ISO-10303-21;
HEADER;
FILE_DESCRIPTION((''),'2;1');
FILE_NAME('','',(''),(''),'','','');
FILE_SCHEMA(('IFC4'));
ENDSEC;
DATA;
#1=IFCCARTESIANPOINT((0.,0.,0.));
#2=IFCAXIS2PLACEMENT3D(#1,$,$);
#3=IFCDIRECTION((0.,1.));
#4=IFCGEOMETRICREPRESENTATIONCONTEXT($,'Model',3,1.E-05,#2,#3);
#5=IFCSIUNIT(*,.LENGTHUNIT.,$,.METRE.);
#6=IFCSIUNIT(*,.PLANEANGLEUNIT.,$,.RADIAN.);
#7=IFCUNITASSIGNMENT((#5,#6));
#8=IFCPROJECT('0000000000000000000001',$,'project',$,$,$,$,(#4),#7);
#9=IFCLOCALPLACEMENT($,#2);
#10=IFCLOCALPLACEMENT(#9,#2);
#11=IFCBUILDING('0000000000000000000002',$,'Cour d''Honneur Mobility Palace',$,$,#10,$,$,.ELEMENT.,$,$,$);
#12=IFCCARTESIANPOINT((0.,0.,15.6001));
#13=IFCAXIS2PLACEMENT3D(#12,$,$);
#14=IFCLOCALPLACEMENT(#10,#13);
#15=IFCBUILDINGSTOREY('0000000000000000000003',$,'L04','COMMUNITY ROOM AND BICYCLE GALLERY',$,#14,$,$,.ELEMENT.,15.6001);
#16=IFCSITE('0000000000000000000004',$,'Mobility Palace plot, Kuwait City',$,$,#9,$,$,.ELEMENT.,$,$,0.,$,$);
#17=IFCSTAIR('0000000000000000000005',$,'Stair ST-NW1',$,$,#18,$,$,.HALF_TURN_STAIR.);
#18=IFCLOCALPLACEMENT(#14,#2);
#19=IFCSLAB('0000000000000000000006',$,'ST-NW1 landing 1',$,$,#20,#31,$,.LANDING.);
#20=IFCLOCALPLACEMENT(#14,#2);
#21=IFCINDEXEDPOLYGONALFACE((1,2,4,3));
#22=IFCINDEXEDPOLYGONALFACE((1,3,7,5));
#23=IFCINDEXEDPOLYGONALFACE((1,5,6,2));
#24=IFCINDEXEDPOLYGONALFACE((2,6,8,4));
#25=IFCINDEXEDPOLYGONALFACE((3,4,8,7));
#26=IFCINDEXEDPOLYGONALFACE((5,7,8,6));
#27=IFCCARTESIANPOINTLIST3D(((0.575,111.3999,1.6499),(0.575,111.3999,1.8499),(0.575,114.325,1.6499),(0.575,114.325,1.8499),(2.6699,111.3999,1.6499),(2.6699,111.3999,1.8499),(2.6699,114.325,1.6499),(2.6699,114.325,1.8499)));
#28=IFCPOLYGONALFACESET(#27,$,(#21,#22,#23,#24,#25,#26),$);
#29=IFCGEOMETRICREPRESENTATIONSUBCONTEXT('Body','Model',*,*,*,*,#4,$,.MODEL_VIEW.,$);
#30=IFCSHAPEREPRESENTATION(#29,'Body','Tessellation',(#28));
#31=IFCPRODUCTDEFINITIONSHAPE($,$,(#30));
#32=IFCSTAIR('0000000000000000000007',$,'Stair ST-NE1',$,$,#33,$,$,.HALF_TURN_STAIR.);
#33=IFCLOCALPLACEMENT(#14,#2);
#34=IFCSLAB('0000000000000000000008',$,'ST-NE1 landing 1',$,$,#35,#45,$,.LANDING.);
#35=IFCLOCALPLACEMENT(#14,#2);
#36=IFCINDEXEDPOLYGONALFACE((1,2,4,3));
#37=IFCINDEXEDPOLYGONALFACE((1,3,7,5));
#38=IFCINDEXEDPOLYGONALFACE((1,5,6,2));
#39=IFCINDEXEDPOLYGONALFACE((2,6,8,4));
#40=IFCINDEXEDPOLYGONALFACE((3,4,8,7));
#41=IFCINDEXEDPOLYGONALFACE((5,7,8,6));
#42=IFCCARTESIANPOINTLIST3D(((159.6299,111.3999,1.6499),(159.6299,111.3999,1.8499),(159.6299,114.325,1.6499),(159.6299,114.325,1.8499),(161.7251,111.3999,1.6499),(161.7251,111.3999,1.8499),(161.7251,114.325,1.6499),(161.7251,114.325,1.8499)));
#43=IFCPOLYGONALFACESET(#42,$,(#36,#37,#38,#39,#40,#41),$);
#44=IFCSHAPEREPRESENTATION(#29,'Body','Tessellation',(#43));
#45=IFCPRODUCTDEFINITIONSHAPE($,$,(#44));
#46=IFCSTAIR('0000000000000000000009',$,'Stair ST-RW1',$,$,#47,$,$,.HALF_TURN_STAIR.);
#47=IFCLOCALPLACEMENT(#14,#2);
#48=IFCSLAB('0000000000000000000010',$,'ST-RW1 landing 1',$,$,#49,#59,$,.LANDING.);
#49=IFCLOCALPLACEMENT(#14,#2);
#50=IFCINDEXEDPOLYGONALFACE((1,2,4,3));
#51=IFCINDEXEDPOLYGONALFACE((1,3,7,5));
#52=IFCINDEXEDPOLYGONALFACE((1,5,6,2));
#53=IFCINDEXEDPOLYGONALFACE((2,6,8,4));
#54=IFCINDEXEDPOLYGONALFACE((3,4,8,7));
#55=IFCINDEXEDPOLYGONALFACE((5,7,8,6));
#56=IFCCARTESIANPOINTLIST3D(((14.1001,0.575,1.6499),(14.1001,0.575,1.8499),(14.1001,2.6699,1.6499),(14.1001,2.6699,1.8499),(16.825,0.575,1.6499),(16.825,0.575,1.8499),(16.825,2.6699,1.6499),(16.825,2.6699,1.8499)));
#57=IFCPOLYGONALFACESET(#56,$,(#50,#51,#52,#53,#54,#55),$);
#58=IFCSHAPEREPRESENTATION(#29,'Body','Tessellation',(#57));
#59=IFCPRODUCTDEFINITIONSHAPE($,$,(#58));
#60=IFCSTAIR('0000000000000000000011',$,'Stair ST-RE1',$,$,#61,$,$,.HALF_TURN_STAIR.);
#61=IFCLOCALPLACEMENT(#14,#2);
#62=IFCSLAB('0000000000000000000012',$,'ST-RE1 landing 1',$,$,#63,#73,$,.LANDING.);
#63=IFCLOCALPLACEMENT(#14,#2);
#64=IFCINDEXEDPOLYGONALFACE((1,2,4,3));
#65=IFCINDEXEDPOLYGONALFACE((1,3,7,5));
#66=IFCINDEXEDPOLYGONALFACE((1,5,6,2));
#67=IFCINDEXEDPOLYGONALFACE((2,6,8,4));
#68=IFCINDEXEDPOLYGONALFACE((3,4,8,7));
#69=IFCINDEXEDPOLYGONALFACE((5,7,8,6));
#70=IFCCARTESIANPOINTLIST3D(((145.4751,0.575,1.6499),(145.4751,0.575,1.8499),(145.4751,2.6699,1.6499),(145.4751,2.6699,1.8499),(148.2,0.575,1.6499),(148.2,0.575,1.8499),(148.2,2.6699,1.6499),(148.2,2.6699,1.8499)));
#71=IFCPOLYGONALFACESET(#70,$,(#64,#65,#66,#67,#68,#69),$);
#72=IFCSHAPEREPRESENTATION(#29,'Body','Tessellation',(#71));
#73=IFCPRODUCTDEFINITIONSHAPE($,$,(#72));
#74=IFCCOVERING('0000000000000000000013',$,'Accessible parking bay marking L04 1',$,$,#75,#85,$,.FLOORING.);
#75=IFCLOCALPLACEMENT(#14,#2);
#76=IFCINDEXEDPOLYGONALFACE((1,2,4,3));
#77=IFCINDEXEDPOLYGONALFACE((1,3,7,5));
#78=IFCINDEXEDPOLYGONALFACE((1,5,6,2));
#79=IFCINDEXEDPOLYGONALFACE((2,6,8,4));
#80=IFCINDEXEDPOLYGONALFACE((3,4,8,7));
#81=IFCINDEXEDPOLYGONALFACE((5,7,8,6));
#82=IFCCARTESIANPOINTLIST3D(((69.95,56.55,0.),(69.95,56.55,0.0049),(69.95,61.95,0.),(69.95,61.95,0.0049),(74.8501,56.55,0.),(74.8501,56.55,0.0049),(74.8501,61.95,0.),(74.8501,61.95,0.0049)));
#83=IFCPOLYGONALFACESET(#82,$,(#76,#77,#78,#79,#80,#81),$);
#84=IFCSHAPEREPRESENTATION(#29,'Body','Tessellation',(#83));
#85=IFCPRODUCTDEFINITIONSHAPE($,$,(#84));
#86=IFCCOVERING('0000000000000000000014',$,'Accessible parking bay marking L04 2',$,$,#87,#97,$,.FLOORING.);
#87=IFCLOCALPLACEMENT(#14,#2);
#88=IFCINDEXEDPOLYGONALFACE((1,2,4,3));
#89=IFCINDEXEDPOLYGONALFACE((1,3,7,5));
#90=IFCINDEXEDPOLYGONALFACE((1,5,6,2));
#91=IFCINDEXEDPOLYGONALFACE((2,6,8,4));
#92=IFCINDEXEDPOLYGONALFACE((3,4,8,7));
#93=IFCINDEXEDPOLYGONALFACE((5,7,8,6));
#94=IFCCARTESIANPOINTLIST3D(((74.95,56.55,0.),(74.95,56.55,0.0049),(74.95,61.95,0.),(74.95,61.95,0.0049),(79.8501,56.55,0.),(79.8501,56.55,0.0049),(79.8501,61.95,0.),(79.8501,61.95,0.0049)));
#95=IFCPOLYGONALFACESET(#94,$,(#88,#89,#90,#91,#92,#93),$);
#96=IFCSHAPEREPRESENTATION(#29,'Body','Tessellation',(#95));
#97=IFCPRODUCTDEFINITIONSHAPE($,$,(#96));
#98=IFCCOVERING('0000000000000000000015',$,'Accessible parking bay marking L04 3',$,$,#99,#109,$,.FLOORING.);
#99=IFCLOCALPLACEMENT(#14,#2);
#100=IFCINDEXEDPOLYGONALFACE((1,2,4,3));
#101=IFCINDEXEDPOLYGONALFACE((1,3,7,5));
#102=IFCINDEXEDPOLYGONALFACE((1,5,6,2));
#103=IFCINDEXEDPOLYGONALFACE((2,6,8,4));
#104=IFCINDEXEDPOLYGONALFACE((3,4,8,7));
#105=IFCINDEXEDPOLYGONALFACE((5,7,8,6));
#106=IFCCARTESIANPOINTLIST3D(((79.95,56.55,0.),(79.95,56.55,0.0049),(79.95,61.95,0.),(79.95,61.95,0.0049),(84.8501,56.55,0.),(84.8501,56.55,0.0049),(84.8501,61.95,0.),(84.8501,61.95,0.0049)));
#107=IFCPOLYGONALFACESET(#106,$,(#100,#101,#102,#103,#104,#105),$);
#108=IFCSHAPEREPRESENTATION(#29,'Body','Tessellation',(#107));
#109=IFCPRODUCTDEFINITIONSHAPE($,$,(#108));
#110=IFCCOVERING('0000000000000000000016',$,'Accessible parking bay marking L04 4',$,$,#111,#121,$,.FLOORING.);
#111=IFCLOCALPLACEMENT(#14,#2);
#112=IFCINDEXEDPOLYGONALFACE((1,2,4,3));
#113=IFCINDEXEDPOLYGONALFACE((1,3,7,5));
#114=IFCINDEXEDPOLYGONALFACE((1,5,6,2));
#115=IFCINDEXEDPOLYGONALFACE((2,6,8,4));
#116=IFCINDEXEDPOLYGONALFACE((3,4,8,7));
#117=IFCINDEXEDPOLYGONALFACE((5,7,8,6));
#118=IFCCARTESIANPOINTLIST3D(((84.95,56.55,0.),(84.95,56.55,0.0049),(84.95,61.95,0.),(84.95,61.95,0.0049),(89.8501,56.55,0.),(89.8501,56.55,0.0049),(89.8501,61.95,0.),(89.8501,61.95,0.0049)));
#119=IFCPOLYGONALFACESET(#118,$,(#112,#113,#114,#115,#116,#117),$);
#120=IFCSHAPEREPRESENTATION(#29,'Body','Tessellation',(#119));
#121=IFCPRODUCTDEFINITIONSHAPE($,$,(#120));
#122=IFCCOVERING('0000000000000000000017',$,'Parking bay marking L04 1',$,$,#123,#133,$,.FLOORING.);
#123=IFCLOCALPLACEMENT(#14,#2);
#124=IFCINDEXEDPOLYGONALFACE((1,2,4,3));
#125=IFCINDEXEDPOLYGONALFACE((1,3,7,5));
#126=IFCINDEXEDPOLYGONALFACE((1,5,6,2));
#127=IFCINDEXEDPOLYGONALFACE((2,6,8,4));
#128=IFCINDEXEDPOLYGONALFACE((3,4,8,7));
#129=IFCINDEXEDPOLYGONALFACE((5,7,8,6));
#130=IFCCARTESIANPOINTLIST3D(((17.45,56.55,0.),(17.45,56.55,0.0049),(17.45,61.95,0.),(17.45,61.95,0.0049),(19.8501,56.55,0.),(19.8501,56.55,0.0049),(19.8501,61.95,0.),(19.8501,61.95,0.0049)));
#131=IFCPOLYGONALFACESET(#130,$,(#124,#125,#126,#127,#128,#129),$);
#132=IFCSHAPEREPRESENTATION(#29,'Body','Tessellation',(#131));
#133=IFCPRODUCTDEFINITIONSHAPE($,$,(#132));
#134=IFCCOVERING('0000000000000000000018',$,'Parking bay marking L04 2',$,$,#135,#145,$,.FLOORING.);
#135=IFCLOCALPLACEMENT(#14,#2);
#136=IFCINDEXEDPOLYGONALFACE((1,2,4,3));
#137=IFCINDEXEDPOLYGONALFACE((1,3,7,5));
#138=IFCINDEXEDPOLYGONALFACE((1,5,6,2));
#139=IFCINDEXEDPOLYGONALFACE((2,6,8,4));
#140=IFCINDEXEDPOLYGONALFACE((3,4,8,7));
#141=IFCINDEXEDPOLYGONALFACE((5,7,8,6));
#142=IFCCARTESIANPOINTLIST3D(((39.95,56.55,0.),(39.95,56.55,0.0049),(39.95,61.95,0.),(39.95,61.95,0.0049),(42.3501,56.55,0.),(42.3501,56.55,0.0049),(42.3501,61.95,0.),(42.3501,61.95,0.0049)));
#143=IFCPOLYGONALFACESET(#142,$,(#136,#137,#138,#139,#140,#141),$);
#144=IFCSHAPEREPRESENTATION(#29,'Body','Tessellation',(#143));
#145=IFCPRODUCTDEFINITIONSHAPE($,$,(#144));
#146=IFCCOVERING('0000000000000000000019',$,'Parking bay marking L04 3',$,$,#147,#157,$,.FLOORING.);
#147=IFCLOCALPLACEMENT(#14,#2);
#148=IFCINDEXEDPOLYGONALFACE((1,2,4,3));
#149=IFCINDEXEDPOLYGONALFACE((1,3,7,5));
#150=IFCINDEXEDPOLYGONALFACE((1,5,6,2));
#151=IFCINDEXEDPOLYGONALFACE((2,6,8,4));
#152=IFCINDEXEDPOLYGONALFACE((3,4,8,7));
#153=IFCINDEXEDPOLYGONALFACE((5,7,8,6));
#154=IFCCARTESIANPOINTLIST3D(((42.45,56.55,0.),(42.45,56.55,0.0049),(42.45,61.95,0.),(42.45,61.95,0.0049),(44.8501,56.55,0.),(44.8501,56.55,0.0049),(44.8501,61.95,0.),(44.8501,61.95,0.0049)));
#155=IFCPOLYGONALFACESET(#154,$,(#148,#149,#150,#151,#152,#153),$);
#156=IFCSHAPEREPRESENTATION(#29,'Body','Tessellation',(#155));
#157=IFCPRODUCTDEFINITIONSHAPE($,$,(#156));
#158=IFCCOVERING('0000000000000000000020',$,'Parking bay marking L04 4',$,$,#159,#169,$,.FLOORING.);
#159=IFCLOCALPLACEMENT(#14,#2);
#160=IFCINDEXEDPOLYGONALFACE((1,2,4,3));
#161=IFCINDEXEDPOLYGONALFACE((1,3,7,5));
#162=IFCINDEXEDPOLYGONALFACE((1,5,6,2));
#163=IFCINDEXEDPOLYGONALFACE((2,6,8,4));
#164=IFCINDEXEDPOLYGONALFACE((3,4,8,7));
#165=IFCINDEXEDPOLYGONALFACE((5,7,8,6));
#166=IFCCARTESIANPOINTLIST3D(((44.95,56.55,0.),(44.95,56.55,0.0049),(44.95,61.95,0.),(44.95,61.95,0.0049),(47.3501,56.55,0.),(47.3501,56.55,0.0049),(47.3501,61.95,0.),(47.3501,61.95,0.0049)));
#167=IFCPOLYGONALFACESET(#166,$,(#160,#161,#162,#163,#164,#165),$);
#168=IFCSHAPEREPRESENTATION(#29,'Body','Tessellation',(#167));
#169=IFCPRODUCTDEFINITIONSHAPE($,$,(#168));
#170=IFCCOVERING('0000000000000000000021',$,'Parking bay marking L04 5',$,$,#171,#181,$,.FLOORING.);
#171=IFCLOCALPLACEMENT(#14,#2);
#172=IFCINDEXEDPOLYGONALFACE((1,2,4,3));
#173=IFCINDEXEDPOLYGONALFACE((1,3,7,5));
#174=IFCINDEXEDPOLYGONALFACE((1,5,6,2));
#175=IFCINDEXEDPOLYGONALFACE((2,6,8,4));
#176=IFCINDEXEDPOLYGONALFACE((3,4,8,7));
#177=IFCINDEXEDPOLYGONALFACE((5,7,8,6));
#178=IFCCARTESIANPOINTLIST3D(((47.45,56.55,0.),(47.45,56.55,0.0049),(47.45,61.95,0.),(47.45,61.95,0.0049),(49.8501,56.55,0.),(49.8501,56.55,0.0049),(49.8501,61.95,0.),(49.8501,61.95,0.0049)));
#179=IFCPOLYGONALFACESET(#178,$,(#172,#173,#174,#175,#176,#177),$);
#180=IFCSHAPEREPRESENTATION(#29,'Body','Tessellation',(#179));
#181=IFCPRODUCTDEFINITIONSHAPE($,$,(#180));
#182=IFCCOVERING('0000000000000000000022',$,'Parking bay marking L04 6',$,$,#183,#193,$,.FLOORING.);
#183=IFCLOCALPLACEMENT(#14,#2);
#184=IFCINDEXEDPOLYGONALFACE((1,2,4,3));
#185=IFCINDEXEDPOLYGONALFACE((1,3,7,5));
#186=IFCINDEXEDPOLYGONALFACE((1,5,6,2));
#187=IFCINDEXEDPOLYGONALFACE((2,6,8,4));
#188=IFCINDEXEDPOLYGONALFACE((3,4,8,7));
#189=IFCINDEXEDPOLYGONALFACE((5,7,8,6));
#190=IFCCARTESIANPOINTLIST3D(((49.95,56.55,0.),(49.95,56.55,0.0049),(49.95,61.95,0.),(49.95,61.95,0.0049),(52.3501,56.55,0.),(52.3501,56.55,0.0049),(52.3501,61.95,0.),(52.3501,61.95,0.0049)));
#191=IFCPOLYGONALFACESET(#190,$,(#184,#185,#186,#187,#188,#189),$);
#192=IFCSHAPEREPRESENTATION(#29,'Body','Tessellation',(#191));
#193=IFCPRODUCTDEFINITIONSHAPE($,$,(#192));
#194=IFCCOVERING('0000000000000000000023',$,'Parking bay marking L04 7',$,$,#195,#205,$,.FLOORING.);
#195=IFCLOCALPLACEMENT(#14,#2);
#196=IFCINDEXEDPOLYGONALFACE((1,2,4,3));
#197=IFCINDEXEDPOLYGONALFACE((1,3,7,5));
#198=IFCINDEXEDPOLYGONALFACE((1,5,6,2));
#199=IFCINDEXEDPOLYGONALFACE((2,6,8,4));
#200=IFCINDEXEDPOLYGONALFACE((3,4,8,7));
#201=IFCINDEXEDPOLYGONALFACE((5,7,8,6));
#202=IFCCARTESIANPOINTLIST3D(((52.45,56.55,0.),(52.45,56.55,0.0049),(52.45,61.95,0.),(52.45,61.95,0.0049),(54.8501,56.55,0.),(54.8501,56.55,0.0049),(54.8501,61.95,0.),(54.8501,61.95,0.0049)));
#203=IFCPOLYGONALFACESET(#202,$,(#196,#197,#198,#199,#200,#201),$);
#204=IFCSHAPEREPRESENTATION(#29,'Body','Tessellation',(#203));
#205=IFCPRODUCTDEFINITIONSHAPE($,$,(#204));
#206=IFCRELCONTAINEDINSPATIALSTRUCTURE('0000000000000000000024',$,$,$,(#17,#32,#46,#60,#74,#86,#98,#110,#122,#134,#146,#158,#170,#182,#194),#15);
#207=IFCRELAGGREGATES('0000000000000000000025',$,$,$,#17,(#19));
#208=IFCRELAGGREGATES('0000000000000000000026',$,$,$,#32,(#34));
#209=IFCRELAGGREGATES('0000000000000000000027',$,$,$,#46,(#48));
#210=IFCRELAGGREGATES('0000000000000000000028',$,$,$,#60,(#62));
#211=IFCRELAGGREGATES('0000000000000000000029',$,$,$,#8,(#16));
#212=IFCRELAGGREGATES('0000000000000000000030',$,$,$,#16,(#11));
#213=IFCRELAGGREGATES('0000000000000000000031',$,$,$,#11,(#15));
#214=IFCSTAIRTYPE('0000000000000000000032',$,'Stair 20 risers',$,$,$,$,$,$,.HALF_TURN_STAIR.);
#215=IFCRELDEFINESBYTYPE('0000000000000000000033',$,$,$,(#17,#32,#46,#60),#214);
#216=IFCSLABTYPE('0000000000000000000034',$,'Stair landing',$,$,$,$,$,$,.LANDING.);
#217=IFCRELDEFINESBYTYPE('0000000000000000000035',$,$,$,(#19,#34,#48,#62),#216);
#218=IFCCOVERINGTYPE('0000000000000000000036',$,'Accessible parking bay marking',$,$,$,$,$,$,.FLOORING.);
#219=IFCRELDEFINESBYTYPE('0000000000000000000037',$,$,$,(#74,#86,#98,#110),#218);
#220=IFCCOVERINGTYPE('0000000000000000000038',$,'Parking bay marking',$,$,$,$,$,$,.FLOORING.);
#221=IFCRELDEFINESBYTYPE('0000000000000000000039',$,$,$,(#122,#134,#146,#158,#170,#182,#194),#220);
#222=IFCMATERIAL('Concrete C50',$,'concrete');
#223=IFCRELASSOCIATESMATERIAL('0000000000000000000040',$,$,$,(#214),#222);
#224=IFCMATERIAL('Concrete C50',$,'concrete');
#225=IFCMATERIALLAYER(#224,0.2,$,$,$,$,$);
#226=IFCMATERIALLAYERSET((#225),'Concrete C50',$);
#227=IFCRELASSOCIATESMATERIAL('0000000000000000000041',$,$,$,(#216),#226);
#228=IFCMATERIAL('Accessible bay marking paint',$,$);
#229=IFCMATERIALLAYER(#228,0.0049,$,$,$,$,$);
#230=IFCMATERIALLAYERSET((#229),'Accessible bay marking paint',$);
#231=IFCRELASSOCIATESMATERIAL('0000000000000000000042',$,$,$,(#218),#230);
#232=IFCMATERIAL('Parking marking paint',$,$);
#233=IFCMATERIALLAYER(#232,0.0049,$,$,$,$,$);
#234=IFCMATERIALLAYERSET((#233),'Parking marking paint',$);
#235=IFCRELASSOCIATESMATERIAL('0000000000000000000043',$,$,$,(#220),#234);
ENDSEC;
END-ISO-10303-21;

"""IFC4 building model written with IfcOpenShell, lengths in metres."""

from ifc_helpers import new_model, si_unit, direction, frame, origin, place, context, subcontext, project, spatial, polyline, outline, extrude, material, layer, layer_set, type_object, element, aggregate, save


model = new_model("IFC4")

# Units and contexts
model_context = context("Model", 3, precision=1e-05, world=origin(), true_north=direction((0.0, 1.0)))
body_context = subcontext(model_context, "Body", "Model", "MODEL_VIEW")
ifc_project = project(units=[si_unit("LENGTHUNIT", "METRE"), si_unit("PLANEANGLEUNIT", "RADIAN")], contexts=[model_context])

# Site, building, storey
site_placement = place(None, origin())
site = spatial("IfcSite", under=ifc_project, at=site_placement, Name="Mobility Palace plot, Kuwait City", CompositionType="ELEMENT", RefElevation=0.0)
building_placement = place(site_placement, origin())
building = spatial("IfcBuilding", under=site, at=building_placement, Name="Cour d'Honneur Mobility Palace", CompositionType="ELEMENT")
storey_placement = place(building_placement, frame((0.0, 0.0, 15.6001)))
storey = spatial("IfcBuildingStorey", under=building, at=storey_placement, Name="L04", Description="COMMUNITY ROOM AND BICYCLE GALLERY", CompositionType="ELEMENT", Elevation=15.6001)

# Stairs, slabs
ifc_material_1 = material(Name="Concrete C50", Category="concrete")
stair_type = type_object("IfcStairType", Name="Stair 20 risers", PredefinedType="HALF_TURN_STAIR", material=ifc_material_1)
stair_1_placement = place(storey_placement, origin())
stair_1 = element("IfcStair", 1, at=stair_1_placement, inside=storey, type_object=stair_type, Name="Stair ST-NW1", PredefinedType="HALF_TURN_STAIR")
ifc_material_2 = material(Name="Concrete C50", Category="concrete")
ifc_layer_1 = layer(ifc_material_2, 0.2)
ifc_layer_set_1 = layer_set([ifc_layer_1], Name="Concrete C50")
slab_type = type_object("IfcSlabType", Name="Stair landing", PredefinedType="LANDING", material=ifc_layer_set_1)
slab_1_placement = place(storey_placement, frame((0.0, 0.0, 1.6499)))
slab_1 = element("IfcSlab", 2, at=slab_1_placement, type_object=slab_type, Name="ST-NW1 landing 1", PredefinedType="LANDING", context=body_context, shape_type="SweptSolid", body=[
    extrude(outline(polyline([(0.575, 111.3999), (2.6699, 111.3999), (2.6699, 114.325), (0.575, 114.325), (0.575, 111.3999)])), origin(), (0.0, 0.0, 1.0), 0.2),
])
aggregate(stair_1, [slab_1])
stair_2_placement = place(storey_placement, origin())
stair_2 = element("IfcStair", 3, at=stair_2_placement, inside=storey, type_object=stair_type, Name="Stair ST-NE1", PredefinedType="HALF_TURN_STAIR")
slab_2_placement = place(storey_placement, frame((0.0, 0.0, 1.6499)))
slab_2 = element("IfcSlab", 4, at=slab_2_placement, type_object=slab_type, Name="ST-NE1 landing 1", PredefinedType="LANDING", context=body_context, shape_type="SweptSolid", body=[
    extrude(outline(polyline([(159.6299, 111.3999), (161.7251, 111.3999), (161.7251, 114.325), (159.6299, 114.325), (159.6299, 111.3999)])), origin(), (0.0, 0.0, 1.0), 0.2),
])
aggregate(stair_2, [slab_2])
stair_3_placement = place(storey_placement, origin())
stair_3 = element("IfcStair", 5, at=stair_3_placement, inside=storey, type_object=stair_type, Name="Stair ST-RW1", PredefinedType="HALF_TURN_STAIR")
slab_3_placement = place(storey_placement, frame((0.0, 0.0, 1.6499)))
slab_3 = element("IfcSlab", 6, at=slab_3_placement, type_object=slab_type, Name="ST-RW1 landing 1", PredefinedType="LANDING", context=body_context, shape_type="SweptSolid", body=[
    extrude(outline(polyline([(14.1001, 0.575), (16.825, 0.575), (16.825, 2.6699), (14.1001, 2.6699), (14.1001, 0.575)])), origin(), (0.0, 0.0, 1.0), 0.2),
])
aggregate(stair_3, [slab_3])
stair_4_placement = place(storey_placement, origin())
stair_4 = element("IfcStair", 7, at=stair_4_placement, inside=storey, type_object=stair_type, Name="Stair ST-RE1", PredefinedType="HALF_TURN_STAIR")
slab_4_placement = place(storey_placement, frame((0.0, 0.0, 1.6499)))
slab_4 = element("IfcSlab", 8, at=slab_4_placement, type_object=slab_type, Name="ST-RE1 landing 1", PredefinedType="LANDING", context=body_context, shape_type="SweptSolid", body=[
    extrude(outline(polyline([(145.4751, 0.575), (148.2, 0.575), (148.2, 2.6699), (145.4751, 2.6699), (145.4751, 0.575)])), origin(), (0.0, 0.0, 1.0), 0.2),
])
aggregate(stair_4, [slab_4])

# Coverings
ifc_material_3 = material(Name="Accessible bay marking paint")
ifc_layer_2 = layer(ifc_material_3, 0.0049)
ifc_layer_set_2 = layer_set([ifc_layer_2], Name="Accessible bay marking paint")
covering_type_1 = type_object("IfcCoveringType", Name="Accessible parking bay marking", PredefinedType="FLOORING", material=ifc_layer_set_2)
covering_1_placement = place(storey_placement, origin())
element("IfcCovering", 9, at=covering_1_placement, inside=storey, type_object=covering_type_1, Name="Accessible parking bay marking L04 1", PredefinedType="FLOORING", context=body_context, shape_type="SweptSolid", body=[
    extrude(outline(polyline([(69.95, 56.55), (69.95, 61.95), (74.8501, 61.95), (74.8501, 56.55), (69.95, 56.55)])), origin(), (0.0, 0.0, 1.0), 0.0049),
])
covering_2_placement = place(storey_placement, origin())
element("IfcCovering", 10, at=covering_2_placement, inside=storey, type_object=covering_type_1, Name="Accessible parking bay marking L04 2", PredefinedType="FLOORING", context=body_context, shape_type="SweptSolid", body=[
    extrude(outline(polyline([(74.95, 56.55), (74.95, 61.95), (79.8501, 61.95), (79.8501, 56.55), (74.95, 56.55)])), origin(), (0.0, 0.0, 1.0), 0.0049),
])
covering_3_placement = place(storey_placement, origin())
element("IfcCovering", 11, at=covering_3_placement, inside=storey, type_object=covering_type_1, Name="Accessible parking bay marking L04 3", PredefinedType="FLOORING", context=body_context, shape_type="SweptSolid", body=[
    extrude(outline(polyline([(79.95, 56.55), (79.95, 61.95), (84.8501, 61.95), (84.8501, 56.55), (79.95, 56.55)])), origin(), (0.0, 0.0, 1.0), 0.0049),
])
covering_4_placement = place(storey_placement, origin())
element("IfcCovering", 12, at=covering_4_placement, inside=storey, type_object=covering_type_1, Name="Accessible parking bay marking L04 4", PredefinedType="FLOORING", context=body_context, shape_type="SweptSolid", body=[
    extrude(outline(polyline([(84.95, 56.55), (84.95, 61.95), (89.8501, 61.95), (89.8501, 56.55), (84.95, 56.55)])), origin(), (0.0, 0.0, 1.0), 0.0049),
])

# Coverings
ifc_material_4 = material(Name="Parking marking paint")
ifc_layer_3 = layer(ifc_material_4, 0.0049)
ifc_layer_set_3 = layer_set([ifc_layer_3], Name="Parking marking paint")
covering_type_2 = type_object("IfcCoveringType", Name="Parking bay marking", PredefinedType="FLOORING", material=ifc_layer_set_3)
covering_5_placement = place(storey_placement, origin())
element("IfcCovering", 13, at=covering_5_placement, inside=storey, type_object=covering_type_2, Name="Parking bay marking L04 1", PredefinedType="FLOORING", context=body_context, shape_type="SweptSolid", body=[
    extrude(outline(polyline([(19.8501, 56.55), (17.45, 56.55), (17.45, 61.95), (19.8501, 61.95), (19.8501, 56.55)])), origin(), (0.0, 0.0, 1.0), 0.0049),
])
covering_6_placement = place(storey_placement, origin())
element("IfcCovering", 14, at=covering_6_placement, inside=storey, type_object=covering_type_2, Name="Parking bay marking L04 2", PredefinedType="FLOORING", context=body_context, shape_type="SweptSolid", body=[
    extrude(outline(polyline([(42.3501, 56.55), (39.95, 56.55), (39.95, 61.95), (42.3501, 61.95), (42.3501, 56.55)])), origin(), (0.0, 0.0, 1.0), 0.0049),
])
covering_7_placement = place(storey_placement, origin())
element("IfcCovering", 15, at=covering_7_placement, inside=storey, type_object=covering_type_2, Name="Parking bay marking L04 3", PredefinedType="FLOORING", context=body_context, shape_type="SweptSolid", body=[
    extrude(outline(polyline([(44.8501, 56.55), (42.45, 56.55), (42.45, 61.95), (44.8501, 61.95), (44.8501, 56.55)])), origin(), (0.0, 0.0, 1.0), 0.0049),
])
covering_8_placement = place(storey_placement, origin())
element("IfcCovering", 16, at=covering_8_placement, inside=storey, type_object=covering_type_2, Name="Parking bay marking L04 4", PredefinedType="FLOORING", context=body_context, shape_type="SweptSolid", body=[
    extrude(outline(polyline([(47.3501, 56.55), (44.95, 56.55), (44.95, 61.95), (47.3501, 61.95), (47.3501, 56.55)])), origin(), (0.0, 0.0, 1.0), 0.0049),
])
covering_9_placement = place(storey_placement, origin())
element("IfcCovering", 17, at=covering_9_placement, inside=storey, type_object=covering_type_2, Name="Parking bay marking L04 5", PredefinedType="FLOORING", context=body_context, shape_type="SweptSolid", body=[
    extrude(outline(polyline([(49.8501, 56.55), (47.45, 56.55), (47.45, 61.95), (49.8501, 61.95), (49.8501, 56.55)])), origin(), (0.0, 0.0, 1.0), 0.0049),
])
covering_10_placement = place(storey_placement, origin())
element("IfcCovering", 18, at=covering_10_placement, inside=storey, type_object=covering_type_2, Name="Parking bay marking L04 6", PredefinedType="FLOORING", context=body_context, shape_type="SweptSolid", body=[
    extrude(outline(polyline([(52.3501, 56.55), (49.95, 56.55), (49.95, 61.95), (52.3501, 61.95), (52.3501, 56.55)])), origin(), (0.0, 0.0, 1.0), 0.0049),
])
covering_11_placement = place(storey_placement, origin())
element("IfcCovering", 19, at=covering_11_placement, inside=storey, type_object=covering_type_2, Name="Parking bay marking L04 7", PredefinedType="FLOORING", context=body_context, shape_type="SweptSolid", body=[
    extrude(outline(polyline([(54.8501, 56.55), (52.45, 56.55), (52.45, 61.95), (54.8501, 61.95), (54.8501, 56.55)])), origin(), (0.0, 0.0, 1.0), 0.0049),
])

save(model, "model.ifc")
